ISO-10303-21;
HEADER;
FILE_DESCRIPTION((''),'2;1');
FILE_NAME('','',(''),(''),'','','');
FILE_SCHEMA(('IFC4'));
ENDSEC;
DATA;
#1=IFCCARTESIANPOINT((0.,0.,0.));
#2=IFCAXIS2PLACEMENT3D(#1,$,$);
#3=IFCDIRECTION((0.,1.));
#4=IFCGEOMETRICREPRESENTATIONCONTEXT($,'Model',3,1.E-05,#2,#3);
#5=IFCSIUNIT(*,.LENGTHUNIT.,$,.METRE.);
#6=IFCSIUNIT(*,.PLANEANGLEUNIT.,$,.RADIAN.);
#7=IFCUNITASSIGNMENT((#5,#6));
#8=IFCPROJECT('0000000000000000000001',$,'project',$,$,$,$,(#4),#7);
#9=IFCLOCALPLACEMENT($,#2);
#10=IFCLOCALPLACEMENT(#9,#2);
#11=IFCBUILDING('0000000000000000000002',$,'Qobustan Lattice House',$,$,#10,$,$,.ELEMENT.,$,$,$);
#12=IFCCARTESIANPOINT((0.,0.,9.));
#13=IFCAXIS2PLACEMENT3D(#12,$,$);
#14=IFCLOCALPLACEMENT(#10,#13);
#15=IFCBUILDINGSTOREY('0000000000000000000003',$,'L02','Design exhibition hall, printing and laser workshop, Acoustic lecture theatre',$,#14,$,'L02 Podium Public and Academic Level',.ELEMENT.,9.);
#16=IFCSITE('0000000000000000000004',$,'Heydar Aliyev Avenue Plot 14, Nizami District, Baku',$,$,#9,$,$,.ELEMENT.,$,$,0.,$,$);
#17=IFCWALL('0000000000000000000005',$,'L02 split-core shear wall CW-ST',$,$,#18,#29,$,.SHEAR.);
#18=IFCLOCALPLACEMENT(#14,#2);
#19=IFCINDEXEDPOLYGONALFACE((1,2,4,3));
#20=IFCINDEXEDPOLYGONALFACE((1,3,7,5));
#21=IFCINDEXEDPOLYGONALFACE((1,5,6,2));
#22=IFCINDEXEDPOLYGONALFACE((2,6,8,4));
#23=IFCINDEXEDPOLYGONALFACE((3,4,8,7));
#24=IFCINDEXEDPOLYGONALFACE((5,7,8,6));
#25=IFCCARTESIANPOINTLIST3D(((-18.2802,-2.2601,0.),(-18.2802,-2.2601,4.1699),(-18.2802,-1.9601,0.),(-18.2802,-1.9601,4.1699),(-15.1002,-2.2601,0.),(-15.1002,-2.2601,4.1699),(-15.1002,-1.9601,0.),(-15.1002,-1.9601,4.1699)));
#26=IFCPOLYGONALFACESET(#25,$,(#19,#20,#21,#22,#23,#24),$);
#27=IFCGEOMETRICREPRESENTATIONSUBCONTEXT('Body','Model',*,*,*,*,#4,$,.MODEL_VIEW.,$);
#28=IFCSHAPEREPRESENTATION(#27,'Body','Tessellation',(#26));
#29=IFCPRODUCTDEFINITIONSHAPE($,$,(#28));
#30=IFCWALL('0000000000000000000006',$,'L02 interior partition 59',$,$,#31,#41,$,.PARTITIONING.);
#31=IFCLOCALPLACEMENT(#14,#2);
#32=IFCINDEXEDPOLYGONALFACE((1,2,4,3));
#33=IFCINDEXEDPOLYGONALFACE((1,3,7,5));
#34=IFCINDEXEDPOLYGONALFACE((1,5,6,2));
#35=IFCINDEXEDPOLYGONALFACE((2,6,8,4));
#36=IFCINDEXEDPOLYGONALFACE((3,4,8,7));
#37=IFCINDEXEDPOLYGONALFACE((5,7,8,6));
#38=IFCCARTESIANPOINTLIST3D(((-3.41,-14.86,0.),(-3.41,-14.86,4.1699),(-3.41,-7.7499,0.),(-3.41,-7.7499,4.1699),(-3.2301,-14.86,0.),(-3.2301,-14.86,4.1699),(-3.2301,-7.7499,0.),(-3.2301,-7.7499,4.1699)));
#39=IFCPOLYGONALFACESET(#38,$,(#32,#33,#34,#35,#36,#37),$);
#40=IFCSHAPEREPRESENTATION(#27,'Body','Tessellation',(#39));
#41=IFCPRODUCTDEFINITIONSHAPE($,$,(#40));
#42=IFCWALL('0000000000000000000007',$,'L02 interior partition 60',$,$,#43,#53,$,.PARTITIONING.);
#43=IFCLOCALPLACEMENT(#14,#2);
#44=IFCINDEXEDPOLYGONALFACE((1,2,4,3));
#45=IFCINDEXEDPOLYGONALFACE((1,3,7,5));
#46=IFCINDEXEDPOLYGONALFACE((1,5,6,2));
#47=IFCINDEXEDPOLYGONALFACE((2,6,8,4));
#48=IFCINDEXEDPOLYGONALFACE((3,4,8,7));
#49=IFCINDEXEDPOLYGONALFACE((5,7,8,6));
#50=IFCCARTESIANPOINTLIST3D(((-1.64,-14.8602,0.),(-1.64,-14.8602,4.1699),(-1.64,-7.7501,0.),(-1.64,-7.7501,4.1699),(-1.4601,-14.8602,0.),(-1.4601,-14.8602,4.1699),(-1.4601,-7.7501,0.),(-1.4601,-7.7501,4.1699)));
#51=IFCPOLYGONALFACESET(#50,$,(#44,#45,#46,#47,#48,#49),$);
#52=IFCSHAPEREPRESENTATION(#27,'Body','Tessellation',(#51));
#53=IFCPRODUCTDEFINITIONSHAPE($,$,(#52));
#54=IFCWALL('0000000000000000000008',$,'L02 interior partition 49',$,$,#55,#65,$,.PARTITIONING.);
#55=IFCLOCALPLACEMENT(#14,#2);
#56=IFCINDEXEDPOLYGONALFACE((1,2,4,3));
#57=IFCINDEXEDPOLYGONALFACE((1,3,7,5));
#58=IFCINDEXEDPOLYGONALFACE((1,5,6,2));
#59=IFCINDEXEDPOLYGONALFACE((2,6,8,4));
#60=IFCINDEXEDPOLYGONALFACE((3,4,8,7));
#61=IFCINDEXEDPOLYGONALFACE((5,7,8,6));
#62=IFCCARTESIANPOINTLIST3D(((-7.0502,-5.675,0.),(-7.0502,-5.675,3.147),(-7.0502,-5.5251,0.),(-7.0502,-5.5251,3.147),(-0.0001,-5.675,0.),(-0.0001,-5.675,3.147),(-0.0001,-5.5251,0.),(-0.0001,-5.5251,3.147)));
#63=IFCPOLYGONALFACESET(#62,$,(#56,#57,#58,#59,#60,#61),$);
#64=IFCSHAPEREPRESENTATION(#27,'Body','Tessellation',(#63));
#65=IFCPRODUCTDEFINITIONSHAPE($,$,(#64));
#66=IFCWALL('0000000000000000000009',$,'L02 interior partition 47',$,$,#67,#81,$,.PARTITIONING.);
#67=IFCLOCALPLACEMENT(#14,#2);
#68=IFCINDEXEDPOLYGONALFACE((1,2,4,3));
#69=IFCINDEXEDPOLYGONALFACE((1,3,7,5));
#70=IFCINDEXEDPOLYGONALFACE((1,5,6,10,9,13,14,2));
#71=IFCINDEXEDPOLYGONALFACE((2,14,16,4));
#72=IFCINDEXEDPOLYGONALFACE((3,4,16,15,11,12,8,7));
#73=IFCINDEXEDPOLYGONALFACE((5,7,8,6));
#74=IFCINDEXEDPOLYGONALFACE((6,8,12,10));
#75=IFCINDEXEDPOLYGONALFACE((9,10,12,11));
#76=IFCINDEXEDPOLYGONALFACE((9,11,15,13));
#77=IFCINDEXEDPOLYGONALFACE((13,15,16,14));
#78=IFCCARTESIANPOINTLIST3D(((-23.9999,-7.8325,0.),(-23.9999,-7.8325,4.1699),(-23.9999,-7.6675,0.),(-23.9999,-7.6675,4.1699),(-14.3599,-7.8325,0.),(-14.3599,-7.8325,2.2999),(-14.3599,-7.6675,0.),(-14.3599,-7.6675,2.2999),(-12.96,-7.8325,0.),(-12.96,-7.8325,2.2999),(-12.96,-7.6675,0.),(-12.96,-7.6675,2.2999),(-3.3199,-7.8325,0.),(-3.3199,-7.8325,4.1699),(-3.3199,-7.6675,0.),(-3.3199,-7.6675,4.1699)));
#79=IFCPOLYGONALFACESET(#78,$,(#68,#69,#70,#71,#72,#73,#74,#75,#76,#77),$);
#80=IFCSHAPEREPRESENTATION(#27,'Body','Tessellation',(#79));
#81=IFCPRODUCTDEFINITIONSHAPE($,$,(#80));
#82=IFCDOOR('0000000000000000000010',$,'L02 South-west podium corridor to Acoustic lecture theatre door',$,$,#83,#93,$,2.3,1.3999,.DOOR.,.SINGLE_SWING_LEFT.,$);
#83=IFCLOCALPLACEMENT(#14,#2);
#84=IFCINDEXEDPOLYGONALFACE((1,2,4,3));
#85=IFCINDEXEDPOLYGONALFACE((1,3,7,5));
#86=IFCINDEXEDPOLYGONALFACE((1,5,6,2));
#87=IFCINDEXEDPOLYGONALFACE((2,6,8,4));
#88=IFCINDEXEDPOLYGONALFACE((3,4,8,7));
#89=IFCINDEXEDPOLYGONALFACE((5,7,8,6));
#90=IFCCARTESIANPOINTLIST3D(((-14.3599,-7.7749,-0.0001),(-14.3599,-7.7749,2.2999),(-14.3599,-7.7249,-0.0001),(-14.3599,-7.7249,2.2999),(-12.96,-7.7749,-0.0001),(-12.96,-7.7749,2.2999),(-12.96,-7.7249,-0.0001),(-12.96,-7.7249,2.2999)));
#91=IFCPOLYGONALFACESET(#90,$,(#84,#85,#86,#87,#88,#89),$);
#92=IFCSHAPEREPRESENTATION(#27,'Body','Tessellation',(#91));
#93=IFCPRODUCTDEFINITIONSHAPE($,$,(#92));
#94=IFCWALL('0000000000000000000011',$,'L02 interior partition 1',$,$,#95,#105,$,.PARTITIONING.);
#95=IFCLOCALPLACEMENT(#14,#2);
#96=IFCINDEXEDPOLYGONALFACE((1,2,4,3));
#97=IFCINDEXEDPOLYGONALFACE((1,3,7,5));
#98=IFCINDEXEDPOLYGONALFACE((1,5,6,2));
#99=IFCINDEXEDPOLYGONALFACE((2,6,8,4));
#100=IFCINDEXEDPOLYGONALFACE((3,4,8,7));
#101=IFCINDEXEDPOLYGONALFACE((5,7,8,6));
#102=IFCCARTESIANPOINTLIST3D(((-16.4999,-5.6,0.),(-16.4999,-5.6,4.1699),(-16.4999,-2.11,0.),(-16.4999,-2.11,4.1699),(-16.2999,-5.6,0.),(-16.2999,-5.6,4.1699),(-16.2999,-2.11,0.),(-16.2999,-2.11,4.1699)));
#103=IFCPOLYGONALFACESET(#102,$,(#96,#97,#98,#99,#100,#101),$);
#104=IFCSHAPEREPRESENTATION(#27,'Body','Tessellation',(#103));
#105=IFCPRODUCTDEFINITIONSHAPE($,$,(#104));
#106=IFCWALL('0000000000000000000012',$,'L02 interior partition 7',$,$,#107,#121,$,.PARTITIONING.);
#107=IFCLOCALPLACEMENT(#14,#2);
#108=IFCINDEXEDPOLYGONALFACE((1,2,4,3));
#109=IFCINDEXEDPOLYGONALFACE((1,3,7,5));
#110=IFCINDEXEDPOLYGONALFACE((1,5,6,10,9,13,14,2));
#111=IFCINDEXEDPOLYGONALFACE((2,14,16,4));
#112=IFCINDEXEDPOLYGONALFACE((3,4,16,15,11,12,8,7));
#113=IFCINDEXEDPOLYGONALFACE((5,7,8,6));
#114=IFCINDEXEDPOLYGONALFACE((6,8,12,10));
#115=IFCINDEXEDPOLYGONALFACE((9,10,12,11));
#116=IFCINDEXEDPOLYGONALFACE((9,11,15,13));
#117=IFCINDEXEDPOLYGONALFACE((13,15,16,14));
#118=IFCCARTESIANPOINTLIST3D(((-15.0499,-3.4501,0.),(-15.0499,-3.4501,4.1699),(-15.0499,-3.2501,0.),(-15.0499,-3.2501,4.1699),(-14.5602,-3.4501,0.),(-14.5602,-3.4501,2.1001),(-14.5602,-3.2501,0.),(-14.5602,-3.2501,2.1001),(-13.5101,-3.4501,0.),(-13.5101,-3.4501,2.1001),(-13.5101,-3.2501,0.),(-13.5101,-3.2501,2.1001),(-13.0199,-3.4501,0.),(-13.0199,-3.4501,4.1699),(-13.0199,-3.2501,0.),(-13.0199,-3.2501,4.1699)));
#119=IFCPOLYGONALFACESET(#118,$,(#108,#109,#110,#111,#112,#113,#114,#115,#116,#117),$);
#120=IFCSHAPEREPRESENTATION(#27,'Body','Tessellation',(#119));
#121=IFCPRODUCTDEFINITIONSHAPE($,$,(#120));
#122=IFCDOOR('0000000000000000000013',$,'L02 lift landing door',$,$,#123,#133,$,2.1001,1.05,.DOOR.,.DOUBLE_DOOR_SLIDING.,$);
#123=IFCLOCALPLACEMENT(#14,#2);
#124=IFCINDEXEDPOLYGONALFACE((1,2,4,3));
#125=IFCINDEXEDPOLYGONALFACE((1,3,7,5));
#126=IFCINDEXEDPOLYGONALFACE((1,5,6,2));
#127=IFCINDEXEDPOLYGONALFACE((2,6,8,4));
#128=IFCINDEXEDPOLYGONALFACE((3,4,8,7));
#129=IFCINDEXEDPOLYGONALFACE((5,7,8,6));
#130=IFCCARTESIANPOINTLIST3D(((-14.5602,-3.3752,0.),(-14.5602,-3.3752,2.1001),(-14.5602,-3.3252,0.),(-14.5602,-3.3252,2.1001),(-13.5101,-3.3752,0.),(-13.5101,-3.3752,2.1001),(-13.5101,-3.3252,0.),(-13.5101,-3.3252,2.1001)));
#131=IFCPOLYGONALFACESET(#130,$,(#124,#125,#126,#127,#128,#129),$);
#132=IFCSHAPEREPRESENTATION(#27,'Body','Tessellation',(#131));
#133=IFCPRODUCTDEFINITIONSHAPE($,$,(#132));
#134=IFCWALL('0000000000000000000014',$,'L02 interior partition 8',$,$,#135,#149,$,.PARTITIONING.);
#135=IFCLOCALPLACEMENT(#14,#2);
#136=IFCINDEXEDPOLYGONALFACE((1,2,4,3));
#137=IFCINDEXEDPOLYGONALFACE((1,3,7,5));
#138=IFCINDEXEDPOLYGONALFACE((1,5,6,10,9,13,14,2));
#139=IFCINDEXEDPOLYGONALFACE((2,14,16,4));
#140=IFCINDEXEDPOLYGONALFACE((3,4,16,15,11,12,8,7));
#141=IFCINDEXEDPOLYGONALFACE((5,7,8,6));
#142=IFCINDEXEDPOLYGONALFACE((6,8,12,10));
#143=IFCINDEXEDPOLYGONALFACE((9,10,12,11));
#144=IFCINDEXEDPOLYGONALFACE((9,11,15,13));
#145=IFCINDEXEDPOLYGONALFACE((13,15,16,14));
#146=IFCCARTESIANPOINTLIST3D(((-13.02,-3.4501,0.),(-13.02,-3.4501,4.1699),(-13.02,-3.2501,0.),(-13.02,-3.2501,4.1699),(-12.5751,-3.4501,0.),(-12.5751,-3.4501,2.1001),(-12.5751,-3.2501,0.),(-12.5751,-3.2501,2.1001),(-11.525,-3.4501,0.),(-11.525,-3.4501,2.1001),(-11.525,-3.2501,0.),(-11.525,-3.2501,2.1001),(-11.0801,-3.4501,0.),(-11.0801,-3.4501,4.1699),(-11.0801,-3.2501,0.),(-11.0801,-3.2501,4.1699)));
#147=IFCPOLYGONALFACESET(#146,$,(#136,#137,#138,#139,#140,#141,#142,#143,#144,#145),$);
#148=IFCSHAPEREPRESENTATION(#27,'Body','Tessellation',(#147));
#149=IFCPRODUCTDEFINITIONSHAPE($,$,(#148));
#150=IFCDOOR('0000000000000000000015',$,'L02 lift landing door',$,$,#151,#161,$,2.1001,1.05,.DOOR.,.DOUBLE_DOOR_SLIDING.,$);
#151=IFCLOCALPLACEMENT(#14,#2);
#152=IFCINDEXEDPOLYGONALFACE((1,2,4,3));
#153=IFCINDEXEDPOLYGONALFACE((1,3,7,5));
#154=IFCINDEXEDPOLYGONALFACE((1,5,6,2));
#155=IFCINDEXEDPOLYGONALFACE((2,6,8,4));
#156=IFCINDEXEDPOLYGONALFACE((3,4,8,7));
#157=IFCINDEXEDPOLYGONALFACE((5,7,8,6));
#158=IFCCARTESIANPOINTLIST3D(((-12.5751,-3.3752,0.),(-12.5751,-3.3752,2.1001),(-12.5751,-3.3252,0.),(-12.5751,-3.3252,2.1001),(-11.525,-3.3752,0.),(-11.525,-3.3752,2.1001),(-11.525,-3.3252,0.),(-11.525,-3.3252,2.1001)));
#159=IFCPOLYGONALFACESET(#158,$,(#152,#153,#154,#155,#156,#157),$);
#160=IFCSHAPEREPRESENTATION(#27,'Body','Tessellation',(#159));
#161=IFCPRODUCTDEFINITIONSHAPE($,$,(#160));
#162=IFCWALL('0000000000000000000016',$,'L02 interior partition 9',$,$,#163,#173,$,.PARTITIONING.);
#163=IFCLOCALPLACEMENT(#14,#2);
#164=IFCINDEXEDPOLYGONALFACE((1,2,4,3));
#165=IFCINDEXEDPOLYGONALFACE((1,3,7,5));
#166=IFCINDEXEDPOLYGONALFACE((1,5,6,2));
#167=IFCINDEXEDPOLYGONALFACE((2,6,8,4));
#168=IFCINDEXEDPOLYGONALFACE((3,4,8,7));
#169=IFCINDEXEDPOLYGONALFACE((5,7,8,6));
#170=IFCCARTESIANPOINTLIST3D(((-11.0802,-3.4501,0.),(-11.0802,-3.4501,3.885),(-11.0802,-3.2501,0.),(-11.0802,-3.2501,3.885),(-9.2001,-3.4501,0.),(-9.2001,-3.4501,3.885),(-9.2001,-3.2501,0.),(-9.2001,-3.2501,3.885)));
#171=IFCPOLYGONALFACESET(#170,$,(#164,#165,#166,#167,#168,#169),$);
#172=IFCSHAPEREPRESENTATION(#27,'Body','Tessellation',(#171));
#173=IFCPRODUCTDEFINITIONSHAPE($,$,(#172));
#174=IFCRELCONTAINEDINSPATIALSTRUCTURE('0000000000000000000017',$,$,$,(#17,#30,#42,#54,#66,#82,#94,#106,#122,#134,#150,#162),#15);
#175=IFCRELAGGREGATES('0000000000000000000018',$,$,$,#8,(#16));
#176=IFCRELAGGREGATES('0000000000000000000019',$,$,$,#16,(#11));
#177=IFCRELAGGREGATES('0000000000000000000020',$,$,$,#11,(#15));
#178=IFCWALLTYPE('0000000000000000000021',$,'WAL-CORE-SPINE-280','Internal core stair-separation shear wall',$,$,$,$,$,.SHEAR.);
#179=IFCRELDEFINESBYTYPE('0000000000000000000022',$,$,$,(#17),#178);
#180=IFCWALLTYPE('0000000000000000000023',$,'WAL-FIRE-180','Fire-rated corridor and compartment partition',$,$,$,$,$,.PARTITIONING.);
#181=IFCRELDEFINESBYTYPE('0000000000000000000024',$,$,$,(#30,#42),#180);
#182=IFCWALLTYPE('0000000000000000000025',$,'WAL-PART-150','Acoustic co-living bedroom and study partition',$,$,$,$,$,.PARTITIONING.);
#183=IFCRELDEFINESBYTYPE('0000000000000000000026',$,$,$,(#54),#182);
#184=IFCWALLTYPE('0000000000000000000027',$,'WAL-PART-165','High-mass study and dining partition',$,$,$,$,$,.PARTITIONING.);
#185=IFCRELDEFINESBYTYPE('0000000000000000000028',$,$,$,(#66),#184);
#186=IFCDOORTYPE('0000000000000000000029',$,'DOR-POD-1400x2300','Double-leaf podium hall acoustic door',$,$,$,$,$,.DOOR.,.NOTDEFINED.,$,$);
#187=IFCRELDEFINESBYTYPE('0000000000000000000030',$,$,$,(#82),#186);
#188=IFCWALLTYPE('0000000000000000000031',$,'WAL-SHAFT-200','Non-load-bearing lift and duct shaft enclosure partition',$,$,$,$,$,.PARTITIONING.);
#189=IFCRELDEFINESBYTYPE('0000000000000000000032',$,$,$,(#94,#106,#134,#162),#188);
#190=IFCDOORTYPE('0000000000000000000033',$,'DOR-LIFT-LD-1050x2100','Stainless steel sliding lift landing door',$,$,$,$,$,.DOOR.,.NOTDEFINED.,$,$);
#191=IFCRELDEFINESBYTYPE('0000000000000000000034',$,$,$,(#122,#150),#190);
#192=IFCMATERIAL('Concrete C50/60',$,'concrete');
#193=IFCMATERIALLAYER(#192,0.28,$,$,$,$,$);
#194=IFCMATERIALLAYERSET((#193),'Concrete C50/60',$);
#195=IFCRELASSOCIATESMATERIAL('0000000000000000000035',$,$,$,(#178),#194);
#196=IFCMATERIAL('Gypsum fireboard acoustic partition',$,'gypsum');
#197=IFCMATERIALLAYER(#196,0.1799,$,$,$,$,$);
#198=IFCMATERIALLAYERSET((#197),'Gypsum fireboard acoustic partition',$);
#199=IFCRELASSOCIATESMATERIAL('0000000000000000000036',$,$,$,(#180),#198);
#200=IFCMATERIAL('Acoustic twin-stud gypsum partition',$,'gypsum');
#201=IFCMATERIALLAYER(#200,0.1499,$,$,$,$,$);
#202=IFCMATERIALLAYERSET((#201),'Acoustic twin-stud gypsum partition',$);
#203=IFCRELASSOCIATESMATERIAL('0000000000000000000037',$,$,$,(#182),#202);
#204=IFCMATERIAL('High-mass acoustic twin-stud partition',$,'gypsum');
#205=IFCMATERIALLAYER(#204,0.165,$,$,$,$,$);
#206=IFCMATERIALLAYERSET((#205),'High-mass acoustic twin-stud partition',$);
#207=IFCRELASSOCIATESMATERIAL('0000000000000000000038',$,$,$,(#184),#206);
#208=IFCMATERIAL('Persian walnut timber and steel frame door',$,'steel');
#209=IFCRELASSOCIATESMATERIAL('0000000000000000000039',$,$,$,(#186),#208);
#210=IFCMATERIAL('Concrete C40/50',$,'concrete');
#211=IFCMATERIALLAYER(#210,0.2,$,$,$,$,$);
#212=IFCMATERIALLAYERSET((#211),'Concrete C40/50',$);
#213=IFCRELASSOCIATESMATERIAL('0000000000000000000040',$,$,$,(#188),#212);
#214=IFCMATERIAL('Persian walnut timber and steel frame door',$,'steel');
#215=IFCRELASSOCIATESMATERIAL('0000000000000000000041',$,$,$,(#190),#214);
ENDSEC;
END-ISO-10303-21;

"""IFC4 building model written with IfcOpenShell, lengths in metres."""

from ifc_helpers import new_model, si_unit, direction, frame, frame_2d, origin, place, context, subcontext, project, spatial, rectangle, extrude, material, layer, layer_set, type_object, element, fill, save


model = new_model("IFC4")

# Units and contexts
model_context = context("Model", 3, precision=1e-05, world=origin(), true_north=direction((0.0, 1.0)))
body_context = subcontext(model_context, "Body", "Model", "MODEL_VIEW")
ifc_project = project(units=[si_unit("LENGTHUNIT", "METRE"), si_unit("PLANEANGLEUNIT", "RADIAN")], contexts=[model_context])

# Site, building, storey
site_placement = place(None, origin())
site = spatial("IfcSite", under=ifc_project, at=site_placement, Name="Heydar Aliyev Avenue Plot 14, Nizami District, Baku", CompositionType="ELEMENT", RefElevation=0.0)
building_placement = place(site_placement, origin())
building = spatial("IfcBuilding", under=site, at=building_placement, Name="Qobustan Lattice House", CompositionType="ELEMENT")
storey_placement = place(building_placement, frame((0.0, 0.0, 9.0)))
storey = spatial("IfcBuildingStorey", under=building, at=storey_placement, Name="L02", Description="Design exhibition hall, printing and laser workshop, Acoustic lecture theatre", LongName="L02 Podium Public and Academic Level", CompositionType="ELEMENT", Elevation=9.0)

# Walls
ifc_material_1 = material(Name="Concrete C50/60", Category="concrete")
ifc_layer_1 = layer(ifc_material_1, 0.28)
ifc_layer_set_1 = layer_set([ifc_layer_1], Name="Concrete C50/60")
wall_type_1 = type_object("IfcWallType", Name="WAL-CORE-SPINE-280", Description="Internal core stair-separation shear wall", PredefinedType="SHEAR", material=ifc_layer_set_1)
wall_1_placement = place(storey_placement, frame((-18.28, -2.1101, 0.0), z_axis=(0.0, 0.0, 1.0), x_axis=(1.0, 0.0, 0.0)))
element("IfcWall", 1, at=wall_1_placement, inside=storey, type_object=wall_type_1, Name="L02 split-core shear wall CW-ST", PredefinedType="SHEAR", context=body_context, shape_type="SweptSolid", body=[
    extrude(rectangle(XDim=3.1799, YDim=0.3, at=frame_2d((1.5898, 0.0))), origin(), (0.0, 0.0, 1.0), 4.1699),
])
ifc_material_2 = material(Name="Gypsum fireboard acoustic partition", Category="gypsum")
ifc_layer_2 = layer(ifc_material_2, 0.1799)
ifc_layer_set_2 = layer_set([ifc_layer_2], Name="Gypsum fireboard acoustic partition")
wall_type_2 = type_object("IfcWallType", Name="WAL-FIRE-180", Description="Fire-rated corridor and compartment partition", PredefinedType="PARTITIONING", material=ifc_layer_set_2)
for number, where, z_axis, x_axis, name in (
    (2, (-3.3201, -14.8601, 0.0), (0.0, 0.0, 1.0), (0.0, 1.0, 0.0), "L02 interior partition 59"),
    (3, (-1.55, -7.75, 0.0), (0.0, 0.0, 1.0), (0.0, -1.0, 0.0), "L02 interior partition 60"),
):
    element("IfcWall", number, at=place(storey_placement, frame(where, z_axis=z_axis, x_axis=x_axis)), inside=storey, type_object=wall_type_2, Name=name, PredefinedType="PARTITIONING", context=body_context, shape_type="SweptSolid", body=[
        extrude(rectangle(XDim=7.1101, YDim=0.1799, at=frame_2d((3.5552, 0.0))), origin(), (0.0, 0.0, 1.0), 4.1699),
    ])
ifc_material_3 = material(Name="Acoustic twin-stud gypsum partition", Category="gypsum")
ifc_layer_3 = layer(ifc_material_3, 0.1499)
ifc_layer_set_3 = layer_set([ifc_layer_3], Name="Acoustic twin-stud gypsum partition")
wall_type_3 = type_object("IfcWallType", Name="WAL-PART-150", Description="Acoustic co-living bedroom and study partition", PredefinedType="PARTITIONING", material=ifc_layer_set_3)
wall_2_placement = place(storey_placement, frame((-7.05, -5.6001, 0.0), z_axis=(0.0, 0.0, 1.0), x_axis=(1.0, 0.0, 0.0)))
element("IfcWall", 4, at=wall_2_placement, inside=storey, type_object=wall_type_3, Name="L02 interior partition 49", PredefinedType="PARTITIONING", context=body_context, shape_type="SweptSolid", body=[
    extrude(rectangle(XDim=7.05, YDim=0.1499, at=frame_2d((3.5249, 0.0))), origin(), (0.0, 0.0, 1.0), 3.147),
])

# Wall, opening, door
ifc_material_4 = material(Name="High-mass acoustic twin-stud partition", Category="gypsum")
ifc_layer_4 = layer(ifc_material_4, 0.165)
ifc_layer_set_4 = layer_set([ifc_layer_4], Name="High-mass acoustic twin-stud partition")
wall_type_4 = type_object("IfcWallType", Name="WAL-PART-165", Description="High-mass study and dining partition", PredefinedType="PARTITIONING", material=ifc_layer_set_4)
wall_3_placement = place(storey_placement, frame((-3.3201, -7.75, 0.0), z_axis=(0.0, 0.0, 1.0), x_axis=(-1.0, 0.0, 0.0)))
wall_3 = element("IfcWall", 5, at=wall_3_placement, inside=storey, type_object=wall_type_4, Name="L02 interior partition 47", PredefinedType="PARTITIONING", context=body_context, shape_type="SweptSolid", body=[
    extrude(rectangle(XDim=20.6799, YDim=0.165, at=frame_2d((10.3398, 0.0))), origin(), (0.0, 0.0, 1.0), 4.1699),
])
opening_1_placement = place(wall_3_placement, frame((9.6399, 0.0, 0.0)))
opening_1 = element("IfcOpeningElement", 6, at=opening_1_placement, cuts=wall_3, PredefinedType="OPENING", context=body_context, shape_type="SweptSolid", body=[
    extrude(rectangle(XDim=1.3999, YDim=2.3, at=frame_2d((0.7, 1.1499))), frame((0.0, 0.0925, 0.0), z_axis=(0.0, -1.0, 0.0), x_axis=(1.0, 0.0, 0.0)), (0.0, 0.0, 1.0), 0.1851),
])
ifc_material_5 = material(Name="Persian walnut timber and steel frame door", Category="steel")
door_type_1 = type_object("IfcDoorType", Name="DOR-POD-1400x2300", Description="Double-leaf podium hall acoustic door", OperationType="NOTDEFINED", PredefinedType="DOOR", material=ifc_material_5)
door_1_placement = place(opening_1_placement, origin())
door_1 = element("IfcDoor", 7, at=door_1_placement, inside=storey, type_object=door_type_1, Name="L02 South-west podium corridor to Acoustic lecture theatre door", OperationType="SINGLE_SWING_LEFT", OverallHeight=2.3, OverallWidth=1.3999, PredefinedType="DOOR", context=body_context, shape_type="SweptSolid", body=[
    extrude(rectangle(XDim=1.3999, YDim=2.3, at=frame_2d((0.7, 1.1499))), frame((0.0, 0.0249, 0.0), z_axis=(0.0, -1.0, 0.0), x_axis=(1.0, 0.0, 0.0)), (0.0, 0.0, 1.0), 0.05),
])
fill(opening_1, door_1)

# Wall
ifc_material_6 = material(Name="Concrete C40/50", Category="concrete")
ifc_layer_5 = layer(ifc_material_6, 0.2)
ifc_layer_set_5 = layer_set([ifc_layer_5], Name="Concrete C40/50")
wall_type_5 = type_object("IfcWallType", Name="WAL-SHAFT-200", Description="Non-load-bearing lift and duct shaft enclosure partition", PredefinedType="PARTITIONING", material=ifc_layer_set_5)
wall_4_placement = place(storey_placement, frame((-16.3999, -5.6001, 0.0), z_axis=(0.0, 0.0, 1.0), x_axis=(0.0, 1.0, 0.0)))
element("IfcWall", 8, at=wall_4_placement, inside=storey, type_object=wall_type_5, Name="L02 interior partition 1", PredefinedType="PARTITIONING", context=body_context, shape_type="SweptSolid", body=[
    extrude(rectangle(XDim=3.49, YDim=0.2, at=frame_2d((1.7451, 0.0))), origin(), (0.0, 0.0, 1.0), 4.1699),
])

# Walls, openings, doors
wall_5_placement = place(storey_placement, frame((-15.05, -3.3501, 0.0), z_axis=(0.0, 0.0, 1.0), x_axis=(1.0, 0.0, 0.0)))
wall_5 = element("IfcWall", 9, at=wall_5_placement, inside=storey, type_object=wall_type_5, Name="L02 interior partition 7", PredefinedType="PARTITIONING", context=body_context, shape_type="SweptSolid", body=[
    extrude(rectangle(XDim=2.03, YDim=0.2, at=frame_2d((1.0151, 0.0))), origin(), (0.0, 0.0, 1.0), 4.1699),
])
opening_2_placement = place(wall_5_placement, frame((0.49, 0.0, 0.0)))
opening_2 = element("IfcOpeningElement", 10, at=opening_2_placement, cuts=wall_5, PredefinedType="OPENING", context=body_context, shape_type="SweptSolid", body=[
    extrude(rectangle(XDim=1.05, YDim=2.1001, at=frame_2d((0.5249, 1.05))), frame((0.0, 0.1099, 0.0), z_axis=(0.0, -1.0, 0.0), x_axis=(1.0, 0.0, 0.0)), (0.0, 0.0, 1.0), 0.22),
])
ifc_material_7 = material(Name="Persian walnut timber and steel frame door", Category="steel")
door_type_2 = type_object("IfcDoorType", Name="DOR-LIFT-LD-1050x2100", Description="Stainless steel sliding lift landing door", OperationType="NOTDEFINED", PredefinedType="DOOR", material=ifc_material_7)
door_2_placement = place(opening_2_placement, origin())
door_2 = element("IfcDoor", 11, at=door_2_placement, inside=storey, type_object=door_type_2, Name="L02 lift landing door", OperationType="DOUBLE_DOOR_SLIDING", OverallHeight=2.1001, OverallWidth=1.05, PredefinedType="DOOR", context=body_context, shape_type="SweptSolid", body=[
    extrude(rectangle(XDim=1.05, YDim=2.1001, at=frame_2d((0.5249, 1.05))), frame((0.0, 0.0249, 0.0), z_axis=(0.0, -1.0, 0.0), x_axis=(1.0, 0.0, 0.0)), (0.0, 0.0, 1.0), 0.05),
])
fill(opening_2, door_2)
wall_6_placement = place(storey_placement, frame((-13.02, -3.3501, 0.0), z_axis=(0.0, 0.0, 1.0), x_axis=(1.0, 0.0, 0.0)))
wall_6 = element("IfcWall", 12, at=wall_6_placement, inside=storey, type_object=wall_type_5, Name="L02 interior partition 8", PredefinedType="PARTITIONING", context=body_context, shape_type="SweptSolid", body=[
    extrude(rectangle(XDim=1.9399, YDim=0.2, at=frame_2d((0.97, 0.0))), origin(), (0.0, 0.0, 1.0), 4.1699),
])
opening_3_placement = place(wall_6_placement, frame((0.4451, 0.0, 0.0)))
opening_3 = element("IfcOpeningElement", 13, at=opening_3_placement, cuts=wall_6, PredefinedType="OPENING", context=body_context, shape_type="SweptSolid", body=[
    extrude(rectangle(XDim=1.05, YDim=2.1001, at=frame_2d((0.5249, 1.05))), frame((0.0, 0.1099, 0.0), z_axis=(0.0, -1.0, 0.0), x_axis=(1.0, 0.0, 0.0)), (0.0, 0.0, 1.0), 0.22),
])
door_3_placement = place(opening_3_placement, origin())
door_3 = element("IfcDoor", 14, at=door_3_placement, inside=storey, type_object=door_type_2, Name="L02 lift landing door", OperationType="DOUBLE_DOOR_SLIDING", OverallHeight=2.1001, OverallWidth=1.05, PredefinedType="DOOR", context=body_context, shape_type="SweptSolid", body=[
    extrude(rectangle(XDim=1.05, YDim=2.1001, at=frame_2d((0.5249, 1.05))), frame((0.0, 0.0249, 0.0), z_axis=(0.0, -1.0, 0.0), x_axis=(1.0, 0.0, 0.0)), (0.0, 0.0, 1.0), 0.05),
])
fill(opening_3, door_3)

# Wall
wall_7_placement = place(storey_placement, frame((-11.0801, -3.3501, 0.0), z_axis=(0.0, 0.0, 1.0), x_axis=(1.0, 0.0, 0.0)))
element("IfcWall", 15, at=wall_7_placement, inside=storey, type_object=wall_type_5, Name="L02 interior partition 9", PredefinedType="PARTITIONING", context=body_context, shape_type="SweptSolid", body=[
    extrude(rectangle(XDim=1.8801, YDim=0.2, at=frame_2d((0.9399, 0.0))), origin(), (0.0, 0.0, 1.0), 3.885),
])

save(model, "model.ifc")
